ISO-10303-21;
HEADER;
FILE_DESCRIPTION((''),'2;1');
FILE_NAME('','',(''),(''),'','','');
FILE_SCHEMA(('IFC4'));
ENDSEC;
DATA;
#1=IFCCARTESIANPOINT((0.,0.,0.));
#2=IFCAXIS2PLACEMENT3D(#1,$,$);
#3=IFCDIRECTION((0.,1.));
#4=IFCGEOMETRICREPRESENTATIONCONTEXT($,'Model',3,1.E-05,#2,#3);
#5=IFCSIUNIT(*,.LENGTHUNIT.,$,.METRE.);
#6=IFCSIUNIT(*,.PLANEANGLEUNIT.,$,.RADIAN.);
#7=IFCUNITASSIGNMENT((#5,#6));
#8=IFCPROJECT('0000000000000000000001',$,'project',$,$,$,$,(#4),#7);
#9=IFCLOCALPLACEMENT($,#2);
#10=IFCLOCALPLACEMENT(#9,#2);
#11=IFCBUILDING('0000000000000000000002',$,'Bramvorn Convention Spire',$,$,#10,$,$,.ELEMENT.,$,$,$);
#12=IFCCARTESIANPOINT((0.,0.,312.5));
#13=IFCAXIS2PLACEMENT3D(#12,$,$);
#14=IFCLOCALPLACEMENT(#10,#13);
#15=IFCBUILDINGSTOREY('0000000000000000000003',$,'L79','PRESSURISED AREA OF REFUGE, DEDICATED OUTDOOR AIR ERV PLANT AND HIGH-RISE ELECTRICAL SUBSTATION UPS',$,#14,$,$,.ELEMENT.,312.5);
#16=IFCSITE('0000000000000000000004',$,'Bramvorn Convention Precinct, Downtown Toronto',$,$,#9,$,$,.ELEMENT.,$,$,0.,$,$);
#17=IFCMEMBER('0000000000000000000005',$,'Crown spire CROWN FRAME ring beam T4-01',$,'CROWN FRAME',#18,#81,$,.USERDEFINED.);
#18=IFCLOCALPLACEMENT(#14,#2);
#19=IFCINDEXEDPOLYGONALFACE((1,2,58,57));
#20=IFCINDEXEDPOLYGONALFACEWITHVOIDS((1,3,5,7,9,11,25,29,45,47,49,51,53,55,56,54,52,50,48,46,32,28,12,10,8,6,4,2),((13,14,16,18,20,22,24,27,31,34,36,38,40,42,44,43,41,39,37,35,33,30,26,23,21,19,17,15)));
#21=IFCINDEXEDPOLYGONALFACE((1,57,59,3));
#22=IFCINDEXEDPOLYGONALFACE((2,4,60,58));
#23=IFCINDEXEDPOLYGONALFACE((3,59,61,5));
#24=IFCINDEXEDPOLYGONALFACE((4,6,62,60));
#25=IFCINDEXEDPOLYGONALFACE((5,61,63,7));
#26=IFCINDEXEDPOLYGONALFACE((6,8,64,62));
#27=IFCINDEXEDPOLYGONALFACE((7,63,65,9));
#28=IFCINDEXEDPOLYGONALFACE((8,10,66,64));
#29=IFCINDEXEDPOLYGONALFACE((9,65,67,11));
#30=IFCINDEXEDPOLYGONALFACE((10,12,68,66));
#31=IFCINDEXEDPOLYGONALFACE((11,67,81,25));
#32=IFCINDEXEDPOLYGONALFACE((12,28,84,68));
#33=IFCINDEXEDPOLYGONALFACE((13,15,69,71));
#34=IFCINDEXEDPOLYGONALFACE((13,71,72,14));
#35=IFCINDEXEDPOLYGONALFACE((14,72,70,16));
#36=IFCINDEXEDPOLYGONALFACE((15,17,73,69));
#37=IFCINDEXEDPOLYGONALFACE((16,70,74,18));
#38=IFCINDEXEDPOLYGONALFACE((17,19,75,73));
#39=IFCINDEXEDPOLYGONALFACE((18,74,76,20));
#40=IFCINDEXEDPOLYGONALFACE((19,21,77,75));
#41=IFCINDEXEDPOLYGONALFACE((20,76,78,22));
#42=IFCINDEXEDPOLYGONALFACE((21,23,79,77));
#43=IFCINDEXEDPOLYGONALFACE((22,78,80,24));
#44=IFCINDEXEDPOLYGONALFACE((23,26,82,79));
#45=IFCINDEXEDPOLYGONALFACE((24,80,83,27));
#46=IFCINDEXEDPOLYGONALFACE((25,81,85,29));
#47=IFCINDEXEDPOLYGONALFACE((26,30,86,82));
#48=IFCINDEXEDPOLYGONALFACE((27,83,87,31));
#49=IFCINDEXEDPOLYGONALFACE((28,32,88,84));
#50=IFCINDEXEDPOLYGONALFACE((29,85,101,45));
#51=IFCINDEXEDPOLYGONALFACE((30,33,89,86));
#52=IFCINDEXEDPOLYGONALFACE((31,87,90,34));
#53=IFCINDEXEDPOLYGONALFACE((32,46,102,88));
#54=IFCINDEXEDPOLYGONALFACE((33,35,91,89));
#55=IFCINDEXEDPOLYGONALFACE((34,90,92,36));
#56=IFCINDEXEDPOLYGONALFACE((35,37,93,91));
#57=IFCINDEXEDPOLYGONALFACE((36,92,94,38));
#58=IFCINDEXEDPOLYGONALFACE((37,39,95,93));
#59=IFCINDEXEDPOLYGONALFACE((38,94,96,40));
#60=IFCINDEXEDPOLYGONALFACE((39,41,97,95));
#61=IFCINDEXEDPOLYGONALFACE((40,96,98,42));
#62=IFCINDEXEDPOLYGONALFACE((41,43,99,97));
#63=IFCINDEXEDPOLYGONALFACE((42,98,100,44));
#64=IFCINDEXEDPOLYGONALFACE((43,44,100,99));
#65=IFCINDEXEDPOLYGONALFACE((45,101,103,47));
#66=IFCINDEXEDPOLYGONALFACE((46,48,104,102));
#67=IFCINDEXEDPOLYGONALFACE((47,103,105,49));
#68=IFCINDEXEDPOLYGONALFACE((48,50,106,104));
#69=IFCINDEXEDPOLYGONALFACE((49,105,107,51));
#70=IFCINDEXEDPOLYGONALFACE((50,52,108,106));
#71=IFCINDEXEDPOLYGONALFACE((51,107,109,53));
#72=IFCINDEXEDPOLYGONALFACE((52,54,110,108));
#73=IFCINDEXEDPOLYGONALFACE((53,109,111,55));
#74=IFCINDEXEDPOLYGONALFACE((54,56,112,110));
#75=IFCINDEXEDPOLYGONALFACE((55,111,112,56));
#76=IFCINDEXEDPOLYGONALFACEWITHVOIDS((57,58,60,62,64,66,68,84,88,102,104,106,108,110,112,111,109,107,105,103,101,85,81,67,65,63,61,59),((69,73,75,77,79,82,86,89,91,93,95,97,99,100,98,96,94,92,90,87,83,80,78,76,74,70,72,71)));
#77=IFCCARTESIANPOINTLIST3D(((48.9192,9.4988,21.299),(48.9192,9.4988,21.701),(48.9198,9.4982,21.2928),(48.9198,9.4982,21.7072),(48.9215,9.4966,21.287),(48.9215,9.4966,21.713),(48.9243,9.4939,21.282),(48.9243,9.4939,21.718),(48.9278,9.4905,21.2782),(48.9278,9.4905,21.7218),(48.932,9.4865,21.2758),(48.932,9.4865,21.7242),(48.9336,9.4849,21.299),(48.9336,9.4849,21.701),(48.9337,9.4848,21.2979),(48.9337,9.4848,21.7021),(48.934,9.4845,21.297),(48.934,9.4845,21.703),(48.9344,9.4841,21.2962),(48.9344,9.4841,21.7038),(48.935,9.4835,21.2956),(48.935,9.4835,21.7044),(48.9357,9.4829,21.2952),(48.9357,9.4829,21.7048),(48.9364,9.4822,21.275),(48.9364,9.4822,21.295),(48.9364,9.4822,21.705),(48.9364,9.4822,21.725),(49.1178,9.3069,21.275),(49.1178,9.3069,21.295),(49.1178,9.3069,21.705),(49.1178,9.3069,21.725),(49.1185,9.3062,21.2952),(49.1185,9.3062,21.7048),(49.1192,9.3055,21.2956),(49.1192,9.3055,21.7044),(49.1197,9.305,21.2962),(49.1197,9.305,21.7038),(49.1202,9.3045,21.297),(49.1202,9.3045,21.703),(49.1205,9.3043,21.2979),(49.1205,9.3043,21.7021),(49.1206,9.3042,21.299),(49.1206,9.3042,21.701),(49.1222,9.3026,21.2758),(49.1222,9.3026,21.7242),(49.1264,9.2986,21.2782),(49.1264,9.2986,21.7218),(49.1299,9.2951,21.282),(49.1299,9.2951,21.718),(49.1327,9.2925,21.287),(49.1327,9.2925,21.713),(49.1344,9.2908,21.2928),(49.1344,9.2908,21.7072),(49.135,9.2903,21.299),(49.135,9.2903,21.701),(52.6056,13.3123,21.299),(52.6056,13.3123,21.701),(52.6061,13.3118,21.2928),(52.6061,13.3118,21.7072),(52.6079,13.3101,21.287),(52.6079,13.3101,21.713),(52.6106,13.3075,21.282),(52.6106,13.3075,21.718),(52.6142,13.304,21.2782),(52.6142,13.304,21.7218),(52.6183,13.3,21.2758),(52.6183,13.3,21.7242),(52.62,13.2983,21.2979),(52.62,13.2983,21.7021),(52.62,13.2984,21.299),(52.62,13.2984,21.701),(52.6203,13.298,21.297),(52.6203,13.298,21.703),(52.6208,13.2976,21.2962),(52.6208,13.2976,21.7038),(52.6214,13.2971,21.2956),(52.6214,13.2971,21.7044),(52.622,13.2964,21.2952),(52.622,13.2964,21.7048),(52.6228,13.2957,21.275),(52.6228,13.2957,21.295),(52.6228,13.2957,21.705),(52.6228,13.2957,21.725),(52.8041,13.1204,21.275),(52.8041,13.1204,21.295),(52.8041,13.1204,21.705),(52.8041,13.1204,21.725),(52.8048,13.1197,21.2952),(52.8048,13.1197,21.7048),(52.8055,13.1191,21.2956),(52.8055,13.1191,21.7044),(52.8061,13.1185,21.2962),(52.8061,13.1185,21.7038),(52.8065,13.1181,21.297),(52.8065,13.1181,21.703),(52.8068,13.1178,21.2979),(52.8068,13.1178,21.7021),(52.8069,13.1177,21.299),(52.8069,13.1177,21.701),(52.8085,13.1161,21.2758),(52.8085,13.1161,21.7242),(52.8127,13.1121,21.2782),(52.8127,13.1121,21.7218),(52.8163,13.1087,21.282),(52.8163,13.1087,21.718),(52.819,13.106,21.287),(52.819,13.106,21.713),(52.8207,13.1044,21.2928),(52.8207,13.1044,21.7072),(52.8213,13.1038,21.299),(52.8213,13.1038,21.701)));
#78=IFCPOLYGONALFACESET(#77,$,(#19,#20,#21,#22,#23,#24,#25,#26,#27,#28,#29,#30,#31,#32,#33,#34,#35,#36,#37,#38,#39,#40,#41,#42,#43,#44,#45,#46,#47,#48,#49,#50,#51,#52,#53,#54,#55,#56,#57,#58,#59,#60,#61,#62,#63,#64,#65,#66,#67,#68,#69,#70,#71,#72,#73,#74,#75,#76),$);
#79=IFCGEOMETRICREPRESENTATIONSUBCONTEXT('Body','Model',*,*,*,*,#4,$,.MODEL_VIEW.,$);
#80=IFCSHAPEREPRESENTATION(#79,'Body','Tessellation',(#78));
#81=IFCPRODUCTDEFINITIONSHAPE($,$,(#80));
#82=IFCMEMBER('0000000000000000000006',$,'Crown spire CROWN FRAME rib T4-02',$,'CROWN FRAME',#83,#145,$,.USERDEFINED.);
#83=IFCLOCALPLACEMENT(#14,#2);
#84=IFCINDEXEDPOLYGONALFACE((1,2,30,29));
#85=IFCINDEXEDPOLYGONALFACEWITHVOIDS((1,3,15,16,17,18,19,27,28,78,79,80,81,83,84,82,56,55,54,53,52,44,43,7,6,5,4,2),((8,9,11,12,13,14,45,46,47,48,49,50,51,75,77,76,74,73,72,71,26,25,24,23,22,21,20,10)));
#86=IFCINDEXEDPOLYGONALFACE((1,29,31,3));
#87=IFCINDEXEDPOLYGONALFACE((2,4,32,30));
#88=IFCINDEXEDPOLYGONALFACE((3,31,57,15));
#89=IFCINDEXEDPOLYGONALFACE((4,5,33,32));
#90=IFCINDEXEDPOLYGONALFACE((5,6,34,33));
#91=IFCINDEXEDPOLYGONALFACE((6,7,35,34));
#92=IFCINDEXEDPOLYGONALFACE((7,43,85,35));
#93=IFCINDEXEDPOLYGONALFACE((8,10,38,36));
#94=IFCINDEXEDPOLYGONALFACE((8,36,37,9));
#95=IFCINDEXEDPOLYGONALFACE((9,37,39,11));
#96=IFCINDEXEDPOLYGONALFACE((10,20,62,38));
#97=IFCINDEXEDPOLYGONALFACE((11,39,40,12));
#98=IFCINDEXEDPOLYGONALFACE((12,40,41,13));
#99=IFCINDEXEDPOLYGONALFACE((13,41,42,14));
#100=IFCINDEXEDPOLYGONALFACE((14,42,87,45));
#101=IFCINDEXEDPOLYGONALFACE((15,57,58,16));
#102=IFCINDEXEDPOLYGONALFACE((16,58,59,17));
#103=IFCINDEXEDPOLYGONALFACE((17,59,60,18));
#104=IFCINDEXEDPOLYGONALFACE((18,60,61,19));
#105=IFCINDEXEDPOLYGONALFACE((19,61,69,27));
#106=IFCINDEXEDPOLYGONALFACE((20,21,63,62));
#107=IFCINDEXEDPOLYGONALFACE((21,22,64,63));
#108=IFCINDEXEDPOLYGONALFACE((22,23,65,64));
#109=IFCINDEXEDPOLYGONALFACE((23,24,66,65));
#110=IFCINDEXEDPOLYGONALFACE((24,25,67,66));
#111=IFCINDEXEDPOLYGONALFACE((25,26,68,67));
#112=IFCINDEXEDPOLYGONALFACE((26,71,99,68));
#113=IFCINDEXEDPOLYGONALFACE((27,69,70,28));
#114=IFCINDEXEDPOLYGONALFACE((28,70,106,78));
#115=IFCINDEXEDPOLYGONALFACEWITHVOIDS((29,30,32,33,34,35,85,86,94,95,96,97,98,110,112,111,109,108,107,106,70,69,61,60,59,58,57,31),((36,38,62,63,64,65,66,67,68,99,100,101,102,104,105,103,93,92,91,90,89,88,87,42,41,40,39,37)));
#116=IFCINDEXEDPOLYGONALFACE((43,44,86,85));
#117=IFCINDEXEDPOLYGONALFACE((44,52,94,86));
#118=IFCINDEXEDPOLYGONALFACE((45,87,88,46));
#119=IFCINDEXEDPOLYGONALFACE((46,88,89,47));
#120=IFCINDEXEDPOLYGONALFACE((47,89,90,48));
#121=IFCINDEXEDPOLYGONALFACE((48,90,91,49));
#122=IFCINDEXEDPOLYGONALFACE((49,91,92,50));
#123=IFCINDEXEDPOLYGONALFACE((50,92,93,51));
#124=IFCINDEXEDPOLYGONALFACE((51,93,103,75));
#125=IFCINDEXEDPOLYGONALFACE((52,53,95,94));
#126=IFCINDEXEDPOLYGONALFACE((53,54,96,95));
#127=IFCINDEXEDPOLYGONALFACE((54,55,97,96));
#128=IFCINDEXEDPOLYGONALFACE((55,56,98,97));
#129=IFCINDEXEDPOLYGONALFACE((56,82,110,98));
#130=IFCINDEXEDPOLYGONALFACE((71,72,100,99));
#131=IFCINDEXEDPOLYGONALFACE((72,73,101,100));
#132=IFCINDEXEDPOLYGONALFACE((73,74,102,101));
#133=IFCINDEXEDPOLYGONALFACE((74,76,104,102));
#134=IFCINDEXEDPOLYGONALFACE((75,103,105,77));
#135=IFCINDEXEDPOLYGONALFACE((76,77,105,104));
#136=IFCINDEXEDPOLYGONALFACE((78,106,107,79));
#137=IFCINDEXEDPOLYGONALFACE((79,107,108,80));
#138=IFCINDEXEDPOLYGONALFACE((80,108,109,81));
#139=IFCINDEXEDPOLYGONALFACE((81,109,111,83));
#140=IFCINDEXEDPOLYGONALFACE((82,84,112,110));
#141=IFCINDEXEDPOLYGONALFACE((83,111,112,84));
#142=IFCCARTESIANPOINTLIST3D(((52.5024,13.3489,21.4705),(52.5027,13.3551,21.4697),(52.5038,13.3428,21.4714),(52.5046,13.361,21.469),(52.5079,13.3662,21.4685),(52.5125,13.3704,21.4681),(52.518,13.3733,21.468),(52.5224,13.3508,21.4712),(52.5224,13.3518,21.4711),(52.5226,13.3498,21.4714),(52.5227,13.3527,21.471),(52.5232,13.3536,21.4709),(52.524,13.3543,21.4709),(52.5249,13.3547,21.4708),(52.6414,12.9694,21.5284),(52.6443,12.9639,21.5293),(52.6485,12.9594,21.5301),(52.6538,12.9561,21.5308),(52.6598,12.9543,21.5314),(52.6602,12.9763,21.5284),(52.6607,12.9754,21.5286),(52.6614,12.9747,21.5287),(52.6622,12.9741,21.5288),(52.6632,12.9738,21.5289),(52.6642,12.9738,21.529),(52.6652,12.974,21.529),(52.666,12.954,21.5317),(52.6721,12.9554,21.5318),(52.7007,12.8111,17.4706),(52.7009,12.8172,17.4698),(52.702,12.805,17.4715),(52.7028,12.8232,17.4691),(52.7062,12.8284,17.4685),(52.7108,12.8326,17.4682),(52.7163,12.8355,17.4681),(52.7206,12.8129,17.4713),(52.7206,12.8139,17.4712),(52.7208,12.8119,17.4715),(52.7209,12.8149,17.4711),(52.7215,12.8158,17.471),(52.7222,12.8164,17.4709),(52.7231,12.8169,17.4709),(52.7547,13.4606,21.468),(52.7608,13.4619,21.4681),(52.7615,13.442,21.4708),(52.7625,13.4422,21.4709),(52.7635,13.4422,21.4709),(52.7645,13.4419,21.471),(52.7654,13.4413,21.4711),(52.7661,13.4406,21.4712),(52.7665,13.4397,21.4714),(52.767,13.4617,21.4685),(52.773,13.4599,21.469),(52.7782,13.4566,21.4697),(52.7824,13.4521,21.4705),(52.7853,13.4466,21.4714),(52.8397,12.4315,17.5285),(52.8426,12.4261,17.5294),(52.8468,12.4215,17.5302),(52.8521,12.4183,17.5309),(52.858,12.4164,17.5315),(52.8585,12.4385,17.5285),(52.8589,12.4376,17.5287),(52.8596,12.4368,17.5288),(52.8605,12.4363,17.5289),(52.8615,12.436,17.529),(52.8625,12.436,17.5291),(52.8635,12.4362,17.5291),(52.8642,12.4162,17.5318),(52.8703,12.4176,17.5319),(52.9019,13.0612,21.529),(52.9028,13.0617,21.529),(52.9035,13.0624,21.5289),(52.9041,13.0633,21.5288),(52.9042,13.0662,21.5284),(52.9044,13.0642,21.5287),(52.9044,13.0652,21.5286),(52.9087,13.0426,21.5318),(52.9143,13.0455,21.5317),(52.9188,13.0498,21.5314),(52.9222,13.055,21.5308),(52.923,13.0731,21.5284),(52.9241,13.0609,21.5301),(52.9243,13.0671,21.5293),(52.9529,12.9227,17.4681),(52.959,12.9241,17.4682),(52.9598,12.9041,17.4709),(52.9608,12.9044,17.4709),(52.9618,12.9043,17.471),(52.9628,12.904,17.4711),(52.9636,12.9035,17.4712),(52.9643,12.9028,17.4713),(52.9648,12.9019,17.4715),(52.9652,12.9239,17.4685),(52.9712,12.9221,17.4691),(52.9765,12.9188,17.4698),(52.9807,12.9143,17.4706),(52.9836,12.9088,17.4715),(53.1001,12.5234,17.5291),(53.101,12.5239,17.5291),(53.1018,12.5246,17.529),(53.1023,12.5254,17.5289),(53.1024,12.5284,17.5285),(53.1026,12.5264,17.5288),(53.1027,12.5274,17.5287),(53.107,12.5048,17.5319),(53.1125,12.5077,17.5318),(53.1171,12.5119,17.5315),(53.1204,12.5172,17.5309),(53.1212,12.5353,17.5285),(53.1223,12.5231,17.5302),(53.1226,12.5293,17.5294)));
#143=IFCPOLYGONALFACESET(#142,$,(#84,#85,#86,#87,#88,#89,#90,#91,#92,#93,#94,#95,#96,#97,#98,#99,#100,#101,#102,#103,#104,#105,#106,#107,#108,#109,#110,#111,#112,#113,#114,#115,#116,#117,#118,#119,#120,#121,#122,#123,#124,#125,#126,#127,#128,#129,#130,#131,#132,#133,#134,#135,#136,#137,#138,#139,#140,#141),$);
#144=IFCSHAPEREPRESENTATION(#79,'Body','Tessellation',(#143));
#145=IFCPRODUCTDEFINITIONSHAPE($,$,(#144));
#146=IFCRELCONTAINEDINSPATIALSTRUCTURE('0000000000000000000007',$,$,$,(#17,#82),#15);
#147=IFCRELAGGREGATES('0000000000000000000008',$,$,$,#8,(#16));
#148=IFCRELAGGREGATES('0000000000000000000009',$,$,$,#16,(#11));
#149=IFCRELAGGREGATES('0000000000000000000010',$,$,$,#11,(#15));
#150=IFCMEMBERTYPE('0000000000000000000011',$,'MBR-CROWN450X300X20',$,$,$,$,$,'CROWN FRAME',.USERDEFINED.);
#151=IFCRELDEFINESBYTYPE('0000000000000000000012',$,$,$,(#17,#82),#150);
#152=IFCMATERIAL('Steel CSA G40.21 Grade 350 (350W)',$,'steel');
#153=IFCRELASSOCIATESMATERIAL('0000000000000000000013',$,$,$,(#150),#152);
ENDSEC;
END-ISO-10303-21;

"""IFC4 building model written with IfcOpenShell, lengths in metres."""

from ifc_helpers import new_model, si_unit, direction, frame, origin, origin_2d, place, context, subcontext, project, spatial, hollow_rectangle, extrude, material, material_profile, profile_set, type_object, element, save


model = new_model("IFC4")

# Units and contexts
model_context = context("Model", 3, precision=1e-05, world=origin(), true_north=direction((0.0, 1.0)))
body_context = subcontext(model_context, "Body", "Model", "MODEL_VIEW")
ifc_project = project(units=[si_unit("LENGTHUNIT", "METRE"), si_unit("PLANEANGLEUNIT", "RADIAN")], contexts=[model_context])

# Site, building, storey
site_placement = place(None, origin())
site = spatial("IfcSite", under=ifc_project, at=site_placement, Name="Bramvorn Convention Precinct, Downtown Toronto", CompositionType="ELEMENT", RefElevation=0.0)
building_placement = place(site_placement, origin())
building = spatial("IfcBuilding", under=site, at=building_placement, Name="Bramvorn Convention Spire", CompositionType="ELEMENT")
storey_placement = place(building_placement, frame((0.0, 0.0, 312.5)))
storey = spatial("IfcBuildingStorey", under=building, at=storey_placement, Name="L79", Description="PRESSURISED AREA OF REFUGE, DEDICATED OUTDOOR AIR ERV PLANT AND HIGH-RISE ELECTRICAL SUBSTATION UPS", CompositionType="ELEMENT", Elevation=312.5)

# Members
ifc_material_1 = material(Name="Steel CSA G40.21 Grade 350 (350W)", Category="steel")
ifc_material_profile = material_profile(ifc_material_1, hollow_rectangle(XDim=0.3, YDim=0.45, WallThickness=0.02, InnerFilletRadius=0.0039, OuterFilletRadius=0.0239, at=origin_2d()))
ifc_profile_set = profile_set([ifc_material_profile], Name="Steel CSA G40.21 Grade 350 (350W) - CROWN450X300X20")
member_type = type_object("IfcMemberType", Name="MBR-CROWN450X300X20", ElementType="CROWN FRAME", PredefinedType="USERDEFINED", material=ifc_profile_set)
member_1_placement = place(storey_placement, frame((49.0271, 9.3945, 21.5), z_axis=(0.695014, 0.718996, 0.0), x_axis=(-0.718996, 0.695014, 0.0)))
element("IfcMember", 1, at=member_1_placement, inside=storey, type_object=member_type, Name="Crown spire CROWN FRAME ring beam T4-01", ObjectType="CROWN FRAME", PredefinedType="USERDEFINED", context=body_context, shape_type="SweptSolid", body=[
    extrude(hollow_rectangle(XDim=0.3, YDim=0.45, WallThickness=0.02, InnerFilletRadius=0.0039, OuterFilletRadius=0.0239, at=origin_2d()), origin(), (0.0, 0.0, 1.0), 5.304),
])
member_2_placement = place(storey_placement, frame((52.9116, 12.6702, 17.5), z_axis=(-0.049059, 0.133101, 0.989888), x_axis=(-0.938292, -0.345844, 0.0)))
element("IfcMember", 2, at=member_2_placement, inside=storey, type_object=member_type, Name="Crown spire CROWN FRAME rib T4-02", ObjectType="CROWN FRAME", PredefinedType="USERDEFINED", context=body_context, shape_type="SweptSolid", body=[
    extrude(hollow_rectangle(XDim=0.3, YDim=0.45, WallThickness=0.02, InnerFilletRadius=0.0039, OuterFilletRadius=0.0239, at=origin_2d()), origin(), (0.0, 0.0, 1.0), 4.0408),
])

save(model, "model.ifc")
